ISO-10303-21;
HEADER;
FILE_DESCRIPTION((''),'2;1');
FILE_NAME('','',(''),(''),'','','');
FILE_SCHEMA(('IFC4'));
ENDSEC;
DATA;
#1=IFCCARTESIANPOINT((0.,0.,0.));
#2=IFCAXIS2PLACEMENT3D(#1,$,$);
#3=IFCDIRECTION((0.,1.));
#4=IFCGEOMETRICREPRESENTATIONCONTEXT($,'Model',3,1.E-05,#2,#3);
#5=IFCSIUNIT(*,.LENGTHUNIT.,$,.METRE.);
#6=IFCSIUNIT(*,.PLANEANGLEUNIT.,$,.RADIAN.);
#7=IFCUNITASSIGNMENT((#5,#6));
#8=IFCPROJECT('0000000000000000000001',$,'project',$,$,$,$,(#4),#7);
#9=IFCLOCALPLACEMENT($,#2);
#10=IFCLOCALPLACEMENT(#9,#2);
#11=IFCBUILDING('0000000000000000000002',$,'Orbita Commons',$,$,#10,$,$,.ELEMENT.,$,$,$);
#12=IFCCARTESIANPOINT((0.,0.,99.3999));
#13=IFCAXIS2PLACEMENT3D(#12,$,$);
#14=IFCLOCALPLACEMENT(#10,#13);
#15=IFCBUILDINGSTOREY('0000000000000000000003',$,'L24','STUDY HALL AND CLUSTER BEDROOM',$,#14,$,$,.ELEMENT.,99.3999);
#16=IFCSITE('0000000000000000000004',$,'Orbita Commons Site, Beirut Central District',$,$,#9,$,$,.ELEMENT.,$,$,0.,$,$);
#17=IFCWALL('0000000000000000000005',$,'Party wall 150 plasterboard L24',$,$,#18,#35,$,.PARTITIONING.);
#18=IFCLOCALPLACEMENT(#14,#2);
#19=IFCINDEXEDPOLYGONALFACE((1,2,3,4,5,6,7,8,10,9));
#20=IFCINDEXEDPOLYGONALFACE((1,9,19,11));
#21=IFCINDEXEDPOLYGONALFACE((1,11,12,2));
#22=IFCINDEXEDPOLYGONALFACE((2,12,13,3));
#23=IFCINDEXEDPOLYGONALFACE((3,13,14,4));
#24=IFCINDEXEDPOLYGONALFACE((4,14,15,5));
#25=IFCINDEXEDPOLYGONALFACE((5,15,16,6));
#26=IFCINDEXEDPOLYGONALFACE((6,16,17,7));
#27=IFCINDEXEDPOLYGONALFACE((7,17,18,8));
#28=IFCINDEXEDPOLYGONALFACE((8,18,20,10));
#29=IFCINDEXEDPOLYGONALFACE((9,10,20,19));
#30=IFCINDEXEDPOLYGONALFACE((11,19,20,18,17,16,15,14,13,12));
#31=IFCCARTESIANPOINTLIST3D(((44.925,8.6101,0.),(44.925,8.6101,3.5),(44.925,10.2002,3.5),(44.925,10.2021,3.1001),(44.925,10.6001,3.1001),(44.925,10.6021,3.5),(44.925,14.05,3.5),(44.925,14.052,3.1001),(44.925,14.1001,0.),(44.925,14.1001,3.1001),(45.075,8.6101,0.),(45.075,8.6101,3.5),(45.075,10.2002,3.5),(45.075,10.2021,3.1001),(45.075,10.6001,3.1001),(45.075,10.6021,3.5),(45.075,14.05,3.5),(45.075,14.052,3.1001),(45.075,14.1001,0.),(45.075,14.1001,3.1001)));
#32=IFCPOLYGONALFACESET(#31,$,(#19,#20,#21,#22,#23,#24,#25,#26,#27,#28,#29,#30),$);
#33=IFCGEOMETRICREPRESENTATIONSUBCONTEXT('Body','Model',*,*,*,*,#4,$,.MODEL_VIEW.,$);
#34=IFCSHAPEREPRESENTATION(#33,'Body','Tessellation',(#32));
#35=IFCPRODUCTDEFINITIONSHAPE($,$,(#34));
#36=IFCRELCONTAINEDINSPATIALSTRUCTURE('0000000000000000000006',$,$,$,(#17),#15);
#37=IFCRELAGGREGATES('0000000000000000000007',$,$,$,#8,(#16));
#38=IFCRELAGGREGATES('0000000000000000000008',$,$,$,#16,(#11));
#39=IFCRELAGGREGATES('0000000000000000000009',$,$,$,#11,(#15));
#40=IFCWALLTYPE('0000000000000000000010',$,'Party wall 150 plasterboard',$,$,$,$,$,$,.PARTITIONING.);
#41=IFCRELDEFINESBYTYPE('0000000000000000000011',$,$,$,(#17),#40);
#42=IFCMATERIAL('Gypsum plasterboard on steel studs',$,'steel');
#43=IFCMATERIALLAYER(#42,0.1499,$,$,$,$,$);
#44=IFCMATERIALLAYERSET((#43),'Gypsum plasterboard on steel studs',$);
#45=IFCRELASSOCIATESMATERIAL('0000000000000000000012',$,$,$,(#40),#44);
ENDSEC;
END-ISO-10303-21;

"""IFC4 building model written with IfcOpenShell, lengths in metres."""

from ifc_helpers import new_model, si_unit, direction, frame, origin, place, context, subcontext, project, spatial, polyline, outline, extrude, material, layer, layer_set, type_object, element, save


model = new_model("IFC4")

# Units and contexts
model_context = context("Model", 3, precision=1e-05, world=origin(), true_north=direction((0.0, 1.0)))
body_context = subcontext(model_context, "Body", "Model", "MODEL_VIEW")
ifc_project = project(units=[si_unit("LENGTHUNIT", "METRE"), si_unit("PLANEANGLEUNIT", "RADIAN")], contexts=[model_context])

# Site, building, storey
site_placement = place(None, origin())
site = spatial("IfcSite", under=ifc_project, at=site_placement, Name="Orbita Commons Site, Beirut Central District", CompositionType="ELEMENT", RefElevation=0.0)
building_placement = place(site_placement, origin())
building = spatial("IfcBuilding", under=site, at=building_placement, Name="Orbita Commons", CompositionType="ELEMENT")
storey_placement = place(building_placement, frame((0.0, 0.0, 99.3999)))
storey = spatial("IfcBuildingStorey", under=building, at=storey_placement, Name="L24", Description="STUDY HALL AND CLUSTER BEDROOM", CompositionType="ELEMENT", Elevation=99.3999)

# Wall
ifc_material_1 = material(Name="Gypsum plasterboard on steel studs", Category="steel")
ifc_layer_1 = layer(ifc_material_1, 0.1499)
ifc_layer_set_1 = layer_set([ifc_layer_1], Name="Gypsum plasterboard on steel studs")
wall_type_1 = type_object("IfcWallType", Name="Party wall 150 plasterboard", PredefinedType="PARTITIONING", material=ifc_layer_set_1)
wall_placement = place(storey_placement, frame((45.0, 8.6101, 0.0), z_axis=(0.0, 0.0, 1.0), x_axis=(0.0, 1.0, 0.0)))
element("IfcWall", 1, at=wall_placement, inside=storey, type_object=wall_type_1, Name="Party wall 150 plasterboard L24", PredefinedType="PARTITIONING", context=body_context, shape_type="SweptSolid", body=[
    extrude(outline(polyline([(0.0, 0.0), (5.49, 0.0), (5.49, 3.1001), (5.4419, 3.1001), (5.4399, 3.5), (1.9919, 3.5), (1.99, 3.1001), (1.592, 3.1001), (1.5901, 3.5), (0.0, 3.5), (0.0, 0.0)])), frame((0.0, 0.075, 0.0), z_axis=(0.0, -1.0, 0.0), x_axis=(1.0, 0.0, 0.0)), (0.0, 0.0, 1.0), 0.1499),
])

save(model, "model.ifc")
